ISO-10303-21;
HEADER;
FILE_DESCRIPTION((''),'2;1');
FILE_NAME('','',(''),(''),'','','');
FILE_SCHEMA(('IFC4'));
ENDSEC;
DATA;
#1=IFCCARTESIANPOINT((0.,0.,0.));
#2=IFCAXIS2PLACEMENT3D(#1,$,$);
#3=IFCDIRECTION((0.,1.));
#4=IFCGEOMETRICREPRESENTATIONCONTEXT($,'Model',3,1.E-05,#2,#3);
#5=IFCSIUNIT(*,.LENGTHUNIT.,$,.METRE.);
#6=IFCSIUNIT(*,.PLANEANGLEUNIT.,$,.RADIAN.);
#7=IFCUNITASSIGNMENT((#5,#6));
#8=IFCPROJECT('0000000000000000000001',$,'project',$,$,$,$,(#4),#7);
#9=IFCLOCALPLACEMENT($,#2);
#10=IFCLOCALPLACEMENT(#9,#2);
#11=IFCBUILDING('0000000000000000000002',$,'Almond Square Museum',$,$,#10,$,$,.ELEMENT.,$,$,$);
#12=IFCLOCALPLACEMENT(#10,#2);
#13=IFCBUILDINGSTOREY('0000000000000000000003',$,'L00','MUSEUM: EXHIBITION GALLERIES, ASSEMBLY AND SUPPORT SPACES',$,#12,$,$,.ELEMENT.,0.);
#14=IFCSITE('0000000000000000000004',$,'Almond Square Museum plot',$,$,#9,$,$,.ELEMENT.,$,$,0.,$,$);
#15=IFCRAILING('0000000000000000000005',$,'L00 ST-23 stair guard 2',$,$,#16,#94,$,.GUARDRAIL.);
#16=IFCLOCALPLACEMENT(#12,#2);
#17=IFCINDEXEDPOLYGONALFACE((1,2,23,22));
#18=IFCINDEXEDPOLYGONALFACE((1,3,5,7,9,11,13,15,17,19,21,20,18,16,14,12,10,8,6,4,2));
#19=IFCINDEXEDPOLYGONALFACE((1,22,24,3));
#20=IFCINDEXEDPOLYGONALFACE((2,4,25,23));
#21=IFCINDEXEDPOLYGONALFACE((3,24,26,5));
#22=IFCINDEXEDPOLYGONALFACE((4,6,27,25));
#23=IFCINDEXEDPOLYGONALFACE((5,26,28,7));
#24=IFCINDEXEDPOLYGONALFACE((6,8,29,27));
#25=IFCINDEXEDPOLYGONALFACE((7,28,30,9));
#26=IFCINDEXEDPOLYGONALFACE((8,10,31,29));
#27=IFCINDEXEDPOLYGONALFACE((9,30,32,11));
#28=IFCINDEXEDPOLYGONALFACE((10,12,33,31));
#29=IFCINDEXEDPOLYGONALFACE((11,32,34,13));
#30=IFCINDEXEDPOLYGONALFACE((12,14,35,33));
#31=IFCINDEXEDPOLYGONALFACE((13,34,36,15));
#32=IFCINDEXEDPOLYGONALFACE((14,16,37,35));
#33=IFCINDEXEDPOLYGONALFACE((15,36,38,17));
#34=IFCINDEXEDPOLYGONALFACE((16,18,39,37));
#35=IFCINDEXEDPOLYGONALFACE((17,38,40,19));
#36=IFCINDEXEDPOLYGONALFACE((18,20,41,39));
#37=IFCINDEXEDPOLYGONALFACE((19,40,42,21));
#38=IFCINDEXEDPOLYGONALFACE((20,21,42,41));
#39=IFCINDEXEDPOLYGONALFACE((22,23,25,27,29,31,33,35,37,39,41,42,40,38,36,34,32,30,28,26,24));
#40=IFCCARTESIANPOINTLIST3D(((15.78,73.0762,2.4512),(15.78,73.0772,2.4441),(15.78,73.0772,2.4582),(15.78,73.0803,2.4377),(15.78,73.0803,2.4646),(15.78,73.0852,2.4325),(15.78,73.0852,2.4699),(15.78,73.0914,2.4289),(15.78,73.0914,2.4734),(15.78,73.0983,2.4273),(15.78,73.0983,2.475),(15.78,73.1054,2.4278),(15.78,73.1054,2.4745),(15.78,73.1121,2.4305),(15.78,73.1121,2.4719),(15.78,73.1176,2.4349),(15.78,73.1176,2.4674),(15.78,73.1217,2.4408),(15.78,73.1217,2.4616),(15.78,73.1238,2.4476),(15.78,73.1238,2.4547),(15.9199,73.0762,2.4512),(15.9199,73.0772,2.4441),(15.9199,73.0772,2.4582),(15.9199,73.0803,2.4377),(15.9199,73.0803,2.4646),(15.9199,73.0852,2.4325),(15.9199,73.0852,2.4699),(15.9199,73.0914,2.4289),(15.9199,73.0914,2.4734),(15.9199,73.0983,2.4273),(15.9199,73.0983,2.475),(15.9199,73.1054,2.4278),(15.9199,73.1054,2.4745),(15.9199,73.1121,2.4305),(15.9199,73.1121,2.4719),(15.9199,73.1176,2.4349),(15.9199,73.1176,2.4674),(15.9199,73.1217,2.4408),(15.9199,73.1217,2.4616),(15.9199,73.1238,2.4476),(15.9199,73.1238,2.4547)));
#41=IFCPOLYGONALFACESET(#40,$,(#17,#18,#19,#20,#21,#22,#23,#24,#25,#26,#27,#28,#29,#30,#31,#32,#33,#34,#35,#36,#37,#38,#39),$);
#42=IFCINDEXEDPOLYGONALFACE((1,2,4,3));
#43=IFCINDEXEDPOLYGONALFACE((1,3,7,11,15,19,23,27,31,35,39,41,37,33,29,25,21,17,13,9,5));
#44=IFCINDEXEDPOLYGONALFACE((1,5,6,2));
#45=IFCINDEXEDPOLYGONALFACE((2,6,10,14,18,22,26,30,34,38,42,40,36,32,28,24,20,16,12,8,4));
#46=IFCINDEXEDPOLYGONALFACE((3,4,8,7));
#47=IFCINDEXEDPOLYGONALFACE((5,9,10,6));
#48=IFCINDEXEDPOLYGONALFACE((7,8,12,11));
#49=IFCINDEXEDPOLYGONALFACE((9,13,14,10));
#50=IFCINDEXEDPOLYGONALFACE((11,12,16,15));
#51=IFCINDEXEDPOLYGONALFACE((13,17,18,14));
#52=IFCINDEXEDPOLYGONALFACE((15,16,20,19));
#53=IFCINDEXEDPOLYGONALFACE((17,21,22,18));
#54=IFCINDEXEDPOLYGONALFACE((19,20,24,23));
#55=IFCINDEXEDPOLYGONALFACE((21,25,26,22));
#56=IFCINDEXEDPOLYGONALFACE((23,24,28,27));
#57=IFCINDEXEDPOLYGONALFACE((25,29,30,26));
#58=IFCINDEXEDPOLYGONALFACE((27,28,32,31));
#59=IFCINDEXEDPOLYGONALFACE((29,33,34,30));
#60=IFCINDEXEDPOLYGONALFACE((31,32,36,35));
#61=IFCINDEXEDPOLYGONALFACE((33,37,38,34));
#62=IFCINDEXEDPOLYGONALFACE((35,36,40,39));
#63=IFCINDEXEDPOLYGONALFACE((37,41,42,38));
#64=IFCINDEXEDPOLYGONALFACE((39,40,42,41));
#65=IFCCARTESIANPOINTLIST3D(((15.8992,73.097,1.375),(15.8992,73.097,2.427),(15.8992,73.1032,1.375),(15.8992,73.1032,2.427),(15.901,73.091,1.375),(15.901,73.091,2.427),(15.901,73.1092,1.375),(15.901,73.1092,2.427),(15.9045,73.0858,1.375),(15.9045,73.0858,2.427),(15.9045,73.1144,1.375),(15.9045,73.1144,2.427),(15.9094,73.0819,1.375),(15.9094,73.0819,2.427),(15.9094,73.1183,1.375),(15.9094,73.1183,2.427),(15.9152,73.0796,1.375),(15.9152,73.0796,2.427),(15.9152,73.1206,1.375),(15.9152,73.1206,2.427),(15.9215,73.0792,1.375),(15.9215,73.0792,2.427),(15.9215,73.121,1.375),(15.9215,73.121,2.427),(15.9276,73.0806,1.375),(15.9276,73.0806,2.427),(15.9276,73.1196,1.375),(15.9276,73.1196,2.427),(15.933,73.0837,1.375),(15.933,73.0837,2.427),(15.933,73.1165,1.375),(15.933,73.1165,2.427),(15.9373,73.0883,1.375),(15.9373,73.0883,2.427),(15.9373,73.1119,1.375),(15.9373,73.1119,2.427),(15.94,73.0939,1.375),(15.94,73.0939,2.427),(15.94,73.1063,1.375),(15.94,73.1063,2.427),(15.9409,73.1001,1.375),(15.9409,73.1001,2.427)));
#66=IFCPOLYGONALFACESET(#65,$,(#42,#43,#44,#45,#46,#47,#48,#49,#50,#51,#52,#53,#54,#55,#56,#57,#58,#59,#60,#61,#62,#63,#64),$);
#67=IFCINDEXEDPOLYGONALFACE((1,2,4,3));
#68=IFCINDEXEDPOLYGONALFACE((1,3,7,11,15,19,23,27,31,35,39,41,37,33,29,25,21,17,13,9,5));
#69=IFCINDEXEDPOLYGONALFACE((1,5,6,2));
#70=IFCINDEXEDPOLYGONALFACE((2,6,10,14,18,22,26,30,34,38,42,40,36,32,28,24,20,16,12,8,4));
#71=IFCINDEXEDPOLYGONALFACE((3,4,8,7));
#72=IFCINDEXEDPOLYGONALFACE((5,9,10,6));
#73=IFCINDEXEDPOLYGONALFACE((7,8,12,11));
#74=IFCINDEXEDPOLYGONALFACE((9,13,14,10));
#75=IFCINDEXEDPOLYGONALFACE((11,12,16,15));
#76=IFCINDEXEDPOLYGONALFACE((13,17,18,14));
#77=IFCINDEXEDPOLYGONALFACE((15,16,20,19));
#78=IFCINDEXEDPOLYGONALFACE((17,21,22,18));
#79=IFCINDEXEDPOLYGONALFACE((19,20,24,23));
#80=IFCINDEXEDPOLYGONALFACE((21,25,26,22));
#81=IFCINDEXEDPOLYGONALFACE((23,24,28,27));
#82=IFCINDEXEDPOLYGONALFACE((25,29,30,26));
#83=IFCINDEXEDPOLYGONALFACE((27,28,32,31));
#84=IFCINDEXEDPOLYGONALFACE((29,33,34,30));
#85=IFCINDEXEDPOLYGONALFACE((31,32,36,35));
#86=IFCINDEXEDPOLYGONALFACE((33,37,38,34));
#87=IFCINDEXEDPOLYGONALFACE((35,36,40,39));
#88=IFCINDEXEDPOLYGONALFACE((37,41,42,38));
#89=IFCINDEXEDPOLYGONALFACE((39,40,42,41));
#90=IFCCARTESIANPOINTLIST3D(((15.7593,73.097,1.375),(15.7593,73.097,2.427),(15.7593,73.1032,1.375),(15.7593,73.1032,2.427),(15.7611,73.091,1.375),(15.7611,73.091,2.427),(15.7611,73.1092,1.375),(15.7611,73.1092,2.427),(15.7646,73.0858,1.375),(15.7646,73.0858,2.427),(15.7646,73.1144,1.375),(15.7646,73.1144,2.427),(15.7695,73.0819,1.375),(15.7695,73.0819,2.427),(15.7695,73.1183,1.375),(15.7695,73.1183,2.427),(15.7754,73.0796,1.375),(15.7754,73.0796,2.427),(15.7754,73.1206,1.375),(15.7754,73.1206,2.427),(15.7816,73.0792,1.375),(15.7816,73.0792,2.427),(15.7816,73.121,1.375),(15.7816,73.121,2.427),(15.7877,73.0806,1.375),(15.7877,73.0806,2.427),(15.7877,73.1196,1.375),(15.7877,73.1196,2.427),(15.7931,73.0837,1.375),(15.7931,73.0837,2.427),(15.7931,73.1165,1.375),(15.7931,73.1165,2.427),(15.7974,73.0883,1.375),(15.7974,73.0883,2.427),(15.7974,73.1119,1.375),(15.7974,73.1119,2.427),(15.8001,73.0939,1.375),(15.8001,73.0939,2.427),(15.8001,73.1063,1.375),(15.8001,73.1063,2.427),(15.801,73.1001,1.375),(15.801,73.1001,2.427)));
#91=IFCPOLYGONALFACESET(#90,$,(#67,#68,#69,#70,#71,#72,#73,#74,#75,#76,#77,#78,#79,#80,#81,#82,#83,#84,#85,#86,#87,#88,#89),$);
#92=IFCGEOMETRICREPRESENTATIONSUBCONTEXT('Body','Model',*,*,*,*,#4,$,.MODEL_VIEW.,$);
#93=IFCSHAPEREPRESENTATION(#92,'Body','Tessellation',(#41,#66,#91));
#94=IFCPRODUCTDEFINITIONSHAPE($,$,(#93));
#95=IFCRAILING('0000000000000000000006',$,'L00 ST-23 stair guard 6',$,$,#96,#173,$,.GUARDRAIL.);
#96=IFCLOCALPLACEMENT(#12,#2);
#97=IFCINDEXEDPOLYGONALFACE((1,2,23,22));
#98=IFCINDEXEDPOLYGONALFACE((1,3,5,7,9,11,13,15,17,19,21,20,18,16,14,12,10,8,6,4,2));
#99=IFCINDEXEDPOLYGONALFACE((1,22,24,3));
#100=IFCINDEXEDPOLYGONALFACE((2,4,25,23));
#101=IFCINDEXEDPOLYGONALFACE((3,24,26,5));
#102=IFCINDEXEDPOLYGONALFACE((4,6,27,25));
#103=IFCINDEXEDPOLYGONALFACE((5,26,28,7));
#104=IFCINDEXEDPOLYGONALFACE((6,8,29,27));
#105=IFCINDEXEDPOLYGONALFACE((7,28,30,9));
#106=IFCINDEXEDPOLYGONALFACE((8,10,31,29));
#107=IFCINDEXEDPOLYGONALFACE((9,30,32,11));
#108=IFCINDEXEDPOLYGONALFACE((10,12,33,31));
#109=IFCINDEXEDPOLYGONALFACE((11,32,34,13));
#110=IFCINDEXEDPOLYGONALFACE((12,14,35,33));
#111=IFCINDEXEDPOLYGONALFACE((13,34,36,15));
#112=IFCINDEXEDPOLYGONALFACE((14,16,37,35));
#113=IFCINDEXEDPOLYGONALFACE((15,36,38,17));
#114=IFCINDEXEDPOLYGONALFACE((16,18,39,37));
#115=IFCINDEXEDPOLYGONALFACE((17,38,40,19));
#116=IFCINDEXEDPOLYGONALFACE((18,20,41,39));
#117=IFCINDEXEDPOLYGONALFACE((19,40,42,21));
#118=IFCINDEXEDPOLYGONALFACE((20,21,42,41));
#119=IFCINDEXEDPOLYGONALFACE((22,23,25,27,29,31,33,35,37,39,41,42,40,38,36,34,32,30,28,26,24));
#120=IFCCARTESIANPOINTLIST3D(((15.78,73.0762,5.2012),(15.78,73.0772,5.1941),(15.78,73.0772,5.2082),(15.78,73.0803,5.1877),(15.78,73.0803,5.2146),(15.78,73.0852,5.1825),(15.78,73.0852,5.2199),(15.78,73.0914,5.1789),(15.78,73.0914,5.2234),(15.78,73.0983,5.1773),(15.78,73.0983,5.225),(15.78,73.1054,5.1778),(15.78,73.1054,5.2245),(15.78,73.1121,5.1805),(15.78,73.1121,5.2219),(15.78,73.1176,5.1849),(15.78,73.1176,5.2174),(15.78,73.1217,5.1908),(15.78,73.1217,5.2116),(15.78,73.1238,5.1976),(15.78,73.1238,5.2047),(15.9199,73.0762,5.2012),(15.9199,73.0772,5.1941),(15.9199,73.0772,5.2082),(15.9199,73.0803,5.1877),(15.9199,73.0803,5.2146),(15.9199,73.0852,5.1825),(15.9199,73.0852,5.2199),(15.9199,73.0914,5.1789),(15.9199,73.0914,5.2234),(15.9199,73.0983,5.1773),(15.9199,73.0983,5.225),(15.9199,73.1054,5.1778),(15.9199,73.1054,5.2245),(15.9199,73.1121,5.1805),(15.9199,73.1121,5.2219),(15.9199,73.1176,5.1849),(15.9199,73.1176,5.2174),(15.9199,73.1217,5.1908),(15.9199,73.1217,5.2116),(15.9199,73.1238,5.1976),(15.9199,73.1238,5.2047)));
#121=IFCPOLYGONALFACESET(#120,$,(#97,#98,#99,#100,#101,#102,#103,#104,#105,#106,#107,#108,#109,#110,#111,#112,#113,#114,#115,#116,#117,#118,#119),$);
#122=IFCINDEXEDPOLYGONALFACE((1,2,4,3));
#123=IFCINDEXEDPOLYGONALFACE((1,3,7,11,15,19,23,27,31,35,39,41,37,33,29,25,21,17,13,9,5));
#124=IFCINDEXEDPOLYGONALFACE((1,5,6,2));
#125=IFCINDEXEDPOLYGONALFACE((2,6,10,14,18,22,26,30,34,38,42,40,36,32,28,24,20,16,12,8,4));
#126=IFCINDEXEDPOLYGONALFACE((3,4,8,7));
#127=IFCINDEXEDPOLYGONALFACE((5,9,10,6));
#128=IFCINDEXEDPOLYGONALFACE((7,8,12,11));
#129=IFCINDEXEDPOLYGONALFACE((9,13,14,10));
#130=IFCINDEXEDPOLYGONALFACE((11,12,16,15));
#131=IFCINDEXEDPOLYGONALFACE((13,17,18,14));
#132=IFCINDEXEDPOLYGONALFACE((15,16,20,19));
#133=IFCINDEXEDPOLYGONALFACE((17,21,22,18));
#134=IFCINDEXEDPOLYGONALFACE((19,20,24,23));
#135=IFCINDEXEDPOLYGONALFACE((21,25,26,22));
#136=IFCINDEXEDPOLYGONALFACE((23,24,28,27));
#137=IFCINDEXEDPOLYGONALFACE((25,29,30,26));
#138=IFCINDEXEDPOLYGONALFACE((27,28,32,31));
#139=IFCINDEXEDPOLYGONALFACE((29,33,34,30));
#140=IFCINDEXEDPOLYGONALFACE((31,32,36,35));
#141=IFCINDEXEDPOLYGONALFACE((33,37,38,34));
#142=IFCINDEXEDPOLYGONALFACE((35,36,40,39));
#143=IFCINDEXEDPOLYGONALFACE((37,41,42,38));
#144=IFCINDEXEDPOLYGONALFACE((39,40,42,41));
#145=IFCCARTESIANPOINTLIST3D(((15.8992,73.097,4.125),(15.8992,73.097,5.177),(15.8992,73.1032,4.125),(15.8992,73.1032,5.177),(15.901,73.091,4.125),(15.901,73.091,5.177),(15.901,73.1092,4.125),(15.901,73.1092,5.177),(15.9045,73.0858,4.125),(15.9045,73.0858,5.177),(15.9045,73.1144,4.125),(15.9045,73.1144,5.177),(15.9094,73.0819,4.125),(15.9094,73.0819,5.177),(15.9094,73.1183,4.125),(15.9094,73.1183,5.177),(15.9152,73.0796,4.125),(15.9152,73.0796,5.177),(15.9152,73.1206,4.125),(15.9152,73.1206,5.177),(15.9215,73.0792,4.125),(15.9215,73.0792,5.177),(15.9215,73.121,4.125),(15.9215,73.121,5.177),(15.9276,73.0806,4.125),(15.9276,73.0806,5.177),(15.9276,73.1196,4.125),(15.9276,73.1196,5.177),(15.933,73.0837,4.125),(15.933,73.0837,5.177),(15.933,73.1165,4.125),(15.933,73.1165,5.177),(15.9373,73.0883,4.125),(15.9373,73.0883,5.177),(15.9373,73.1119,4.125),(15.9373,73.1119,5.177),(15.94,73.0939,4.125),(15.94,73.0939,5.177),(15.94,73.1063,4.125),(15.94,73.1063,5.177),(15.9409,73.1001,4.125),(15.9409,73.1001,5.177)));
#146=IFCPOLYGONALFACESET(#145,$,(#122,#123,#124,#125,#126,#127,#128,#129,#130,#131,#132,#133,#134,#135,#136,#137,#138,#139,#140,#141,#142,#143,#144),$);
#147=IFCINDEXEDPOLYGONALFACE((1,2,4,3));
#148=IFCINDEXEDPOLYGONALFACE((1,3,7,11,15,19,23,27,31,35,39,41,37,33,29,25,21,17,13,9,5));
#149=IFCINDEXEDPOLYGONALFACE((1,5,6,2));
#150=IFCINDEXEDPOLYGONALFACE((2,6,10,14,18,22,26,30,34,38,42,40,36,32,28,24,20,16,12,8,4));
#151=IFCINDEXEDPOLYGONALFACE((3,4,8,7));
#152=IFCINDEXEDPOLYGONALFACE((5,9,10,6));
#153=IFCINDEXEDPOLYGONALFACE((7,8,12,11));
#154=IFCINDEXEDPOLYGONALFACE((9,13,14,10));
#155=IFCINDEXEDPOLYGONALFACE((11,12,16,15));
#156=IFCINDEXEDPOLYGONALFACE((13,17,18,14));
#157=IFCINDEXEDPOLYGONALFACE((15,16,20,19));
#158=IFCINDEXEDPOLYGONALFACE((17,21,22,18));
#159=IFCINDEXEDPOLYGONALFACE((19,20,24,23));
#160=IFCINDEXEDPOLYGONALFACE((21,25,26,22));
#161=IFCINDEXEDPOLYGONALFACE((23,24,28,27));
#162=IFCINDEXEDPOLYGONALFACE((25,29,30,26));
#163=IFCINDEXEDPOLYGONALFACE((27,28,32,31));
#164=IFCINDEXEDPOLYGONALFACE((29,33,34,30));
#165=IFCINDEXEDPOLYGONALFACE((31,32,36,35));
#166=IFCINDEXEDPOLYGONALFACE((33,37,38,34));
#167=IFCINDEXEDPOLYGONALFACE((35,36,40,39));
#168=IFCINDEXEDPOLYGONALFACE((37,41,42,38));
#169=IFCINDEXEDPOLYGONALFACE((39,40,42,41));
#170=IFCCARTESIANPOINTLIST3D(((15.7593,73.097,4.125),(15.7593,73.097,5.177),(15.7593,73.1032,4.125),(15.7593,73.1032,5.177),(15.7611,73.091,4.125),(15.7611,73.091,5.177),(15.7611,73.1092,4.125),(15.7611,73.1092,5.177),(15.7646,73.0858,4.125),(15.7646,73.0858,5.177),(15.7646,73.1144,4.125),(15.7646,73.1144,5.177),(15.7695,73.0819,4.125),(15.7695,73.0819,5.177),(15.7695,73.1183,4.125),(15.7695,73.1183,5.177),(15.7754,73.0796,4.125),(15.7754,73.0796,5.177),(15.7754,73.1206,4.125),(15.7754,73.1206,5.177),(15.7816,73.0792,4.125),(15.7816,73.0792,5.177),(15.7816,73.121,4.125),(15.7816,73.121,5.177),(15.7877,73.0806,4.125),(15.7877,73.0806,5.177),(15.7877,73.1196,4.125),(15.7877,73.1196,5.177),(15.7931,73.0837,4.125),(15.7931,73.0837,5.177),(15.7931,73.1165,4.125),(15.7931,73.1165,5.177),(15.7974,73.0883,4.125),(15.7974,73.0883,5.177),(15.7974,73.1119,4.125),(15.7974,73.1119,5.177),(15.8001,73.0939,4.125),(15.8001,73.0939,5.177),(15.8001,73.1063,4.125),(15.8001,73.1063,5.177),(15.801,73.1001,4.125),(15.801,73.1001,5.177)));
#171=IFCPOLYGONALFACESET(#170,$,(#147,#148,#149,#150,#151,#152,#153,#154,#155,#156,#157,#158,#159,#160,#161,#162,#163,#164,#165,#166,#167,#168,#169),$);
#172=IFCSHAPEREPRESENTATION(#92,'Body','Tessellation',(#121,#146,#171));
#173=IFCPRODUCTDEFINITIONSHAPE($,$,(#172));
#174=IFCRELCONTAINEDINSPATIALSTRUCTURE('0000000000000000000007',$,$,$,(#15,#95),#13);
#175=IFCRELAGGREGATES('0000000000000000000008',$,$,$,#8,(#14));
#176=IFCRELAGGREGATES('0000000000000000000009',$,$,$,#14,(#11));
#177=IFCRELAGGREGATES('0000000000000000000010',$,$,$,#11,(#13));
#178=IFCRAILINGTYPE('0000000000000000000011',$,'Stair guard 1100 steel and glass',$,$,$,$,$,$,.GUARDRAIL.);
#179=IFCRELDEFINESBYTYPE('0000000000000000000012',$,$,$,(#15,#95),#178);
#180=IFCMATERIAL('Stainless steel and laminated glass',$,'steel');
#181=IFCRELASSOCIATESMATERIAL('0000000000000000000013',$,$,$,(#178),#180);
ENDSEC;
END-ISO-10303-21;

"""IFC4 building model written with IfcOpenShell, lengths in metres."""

from ifc_helpers import new_model, si_unit, direction, frame, origin, origin_2d, place, context, subcontext, project, spatial, circle, extrude, material, type_object, element, save


model = new_model("IFC4")

# Units and contexts
model_context = context("Model", 3, precision=1e-05, world=origin(), true_north=direction((0.0, 1.0)))
body_context = subcontext(model_context, "Body", "Model", "MODEL_VIEW")
ifc_project = project(units=[si_unit("LENGTHUNIT", "METRE"), si_unit("PLANEANGLEUNIT", "RADIAN")], contexts=[model_context])

# Site, building, storey
site_placement = place(None, origin())
site = spatial("IfcSite", under=ifc_project, at=site_placement, Name="Almond Square Museum plot", CompositionType="ELEMENT", RefElevation=0.0)
building_placement = place(site_placement, origin())
building = spatial("IfcBuilding", under=site, at=building_placement, Name="Almond Square Museum", CompositionType="ELEMENT")
storey_placement = place(building_placement, origin())
storey = spatial("IfcBuildingStorey", under=building, at=storey_placement, Name="L00", Description="MUSEUM: EXHIBITION GALLERIES, ASSEMBLY AND SUPPORT SPACES", CompositionType="ELEMENT", Elevation=0.0)

# Railings
ifc_material_1 = material(Name="Stainless steel and laminated glass", Category="steel")
railing_type = type_object("IfcRailingType", Name="Stair guard 1100 steel and glass", PredefinedType="GUARDRAIL", material=ifc_material_1)
for number, where, name in (
    (1, (15.9199, 73.1001, 1.375), "L00 ST-23 stair guard 2"),
    (2, (15.9199, 73.1001, 4.125), "L00 ST-23 stair guard 6"),
):
    element("IfcRailing", number, at=place(storey_placement, frame(where)), inside=storey, type_object=railing_type, Name=name, PredefinedType="GUARDRAIL", context=body_context, shape_type="SweptSolid", body=[
        extrude(circle(Radius=0.0239, at=origin_2d()), frame((0.0, 0.0, 1.0762), z_axis=(-1.0, 0.0, 0.0), x_axis=(0.0, -1.0, 0.0)), (0.0, 0.0, 1.0), 0.1399),
        extrude(circle(Radius=0.021, at=origin_2d()), origin(), (0.0, 0.0, 1.0), 1.052),
        extrude(circle(Radius=0.021, at=origin_2d()), frame((-0.1399, 0.0, 0.0)), (0.0, 0.0, 1.0), 1.052),
    ])

save(model, "model.ifc")
